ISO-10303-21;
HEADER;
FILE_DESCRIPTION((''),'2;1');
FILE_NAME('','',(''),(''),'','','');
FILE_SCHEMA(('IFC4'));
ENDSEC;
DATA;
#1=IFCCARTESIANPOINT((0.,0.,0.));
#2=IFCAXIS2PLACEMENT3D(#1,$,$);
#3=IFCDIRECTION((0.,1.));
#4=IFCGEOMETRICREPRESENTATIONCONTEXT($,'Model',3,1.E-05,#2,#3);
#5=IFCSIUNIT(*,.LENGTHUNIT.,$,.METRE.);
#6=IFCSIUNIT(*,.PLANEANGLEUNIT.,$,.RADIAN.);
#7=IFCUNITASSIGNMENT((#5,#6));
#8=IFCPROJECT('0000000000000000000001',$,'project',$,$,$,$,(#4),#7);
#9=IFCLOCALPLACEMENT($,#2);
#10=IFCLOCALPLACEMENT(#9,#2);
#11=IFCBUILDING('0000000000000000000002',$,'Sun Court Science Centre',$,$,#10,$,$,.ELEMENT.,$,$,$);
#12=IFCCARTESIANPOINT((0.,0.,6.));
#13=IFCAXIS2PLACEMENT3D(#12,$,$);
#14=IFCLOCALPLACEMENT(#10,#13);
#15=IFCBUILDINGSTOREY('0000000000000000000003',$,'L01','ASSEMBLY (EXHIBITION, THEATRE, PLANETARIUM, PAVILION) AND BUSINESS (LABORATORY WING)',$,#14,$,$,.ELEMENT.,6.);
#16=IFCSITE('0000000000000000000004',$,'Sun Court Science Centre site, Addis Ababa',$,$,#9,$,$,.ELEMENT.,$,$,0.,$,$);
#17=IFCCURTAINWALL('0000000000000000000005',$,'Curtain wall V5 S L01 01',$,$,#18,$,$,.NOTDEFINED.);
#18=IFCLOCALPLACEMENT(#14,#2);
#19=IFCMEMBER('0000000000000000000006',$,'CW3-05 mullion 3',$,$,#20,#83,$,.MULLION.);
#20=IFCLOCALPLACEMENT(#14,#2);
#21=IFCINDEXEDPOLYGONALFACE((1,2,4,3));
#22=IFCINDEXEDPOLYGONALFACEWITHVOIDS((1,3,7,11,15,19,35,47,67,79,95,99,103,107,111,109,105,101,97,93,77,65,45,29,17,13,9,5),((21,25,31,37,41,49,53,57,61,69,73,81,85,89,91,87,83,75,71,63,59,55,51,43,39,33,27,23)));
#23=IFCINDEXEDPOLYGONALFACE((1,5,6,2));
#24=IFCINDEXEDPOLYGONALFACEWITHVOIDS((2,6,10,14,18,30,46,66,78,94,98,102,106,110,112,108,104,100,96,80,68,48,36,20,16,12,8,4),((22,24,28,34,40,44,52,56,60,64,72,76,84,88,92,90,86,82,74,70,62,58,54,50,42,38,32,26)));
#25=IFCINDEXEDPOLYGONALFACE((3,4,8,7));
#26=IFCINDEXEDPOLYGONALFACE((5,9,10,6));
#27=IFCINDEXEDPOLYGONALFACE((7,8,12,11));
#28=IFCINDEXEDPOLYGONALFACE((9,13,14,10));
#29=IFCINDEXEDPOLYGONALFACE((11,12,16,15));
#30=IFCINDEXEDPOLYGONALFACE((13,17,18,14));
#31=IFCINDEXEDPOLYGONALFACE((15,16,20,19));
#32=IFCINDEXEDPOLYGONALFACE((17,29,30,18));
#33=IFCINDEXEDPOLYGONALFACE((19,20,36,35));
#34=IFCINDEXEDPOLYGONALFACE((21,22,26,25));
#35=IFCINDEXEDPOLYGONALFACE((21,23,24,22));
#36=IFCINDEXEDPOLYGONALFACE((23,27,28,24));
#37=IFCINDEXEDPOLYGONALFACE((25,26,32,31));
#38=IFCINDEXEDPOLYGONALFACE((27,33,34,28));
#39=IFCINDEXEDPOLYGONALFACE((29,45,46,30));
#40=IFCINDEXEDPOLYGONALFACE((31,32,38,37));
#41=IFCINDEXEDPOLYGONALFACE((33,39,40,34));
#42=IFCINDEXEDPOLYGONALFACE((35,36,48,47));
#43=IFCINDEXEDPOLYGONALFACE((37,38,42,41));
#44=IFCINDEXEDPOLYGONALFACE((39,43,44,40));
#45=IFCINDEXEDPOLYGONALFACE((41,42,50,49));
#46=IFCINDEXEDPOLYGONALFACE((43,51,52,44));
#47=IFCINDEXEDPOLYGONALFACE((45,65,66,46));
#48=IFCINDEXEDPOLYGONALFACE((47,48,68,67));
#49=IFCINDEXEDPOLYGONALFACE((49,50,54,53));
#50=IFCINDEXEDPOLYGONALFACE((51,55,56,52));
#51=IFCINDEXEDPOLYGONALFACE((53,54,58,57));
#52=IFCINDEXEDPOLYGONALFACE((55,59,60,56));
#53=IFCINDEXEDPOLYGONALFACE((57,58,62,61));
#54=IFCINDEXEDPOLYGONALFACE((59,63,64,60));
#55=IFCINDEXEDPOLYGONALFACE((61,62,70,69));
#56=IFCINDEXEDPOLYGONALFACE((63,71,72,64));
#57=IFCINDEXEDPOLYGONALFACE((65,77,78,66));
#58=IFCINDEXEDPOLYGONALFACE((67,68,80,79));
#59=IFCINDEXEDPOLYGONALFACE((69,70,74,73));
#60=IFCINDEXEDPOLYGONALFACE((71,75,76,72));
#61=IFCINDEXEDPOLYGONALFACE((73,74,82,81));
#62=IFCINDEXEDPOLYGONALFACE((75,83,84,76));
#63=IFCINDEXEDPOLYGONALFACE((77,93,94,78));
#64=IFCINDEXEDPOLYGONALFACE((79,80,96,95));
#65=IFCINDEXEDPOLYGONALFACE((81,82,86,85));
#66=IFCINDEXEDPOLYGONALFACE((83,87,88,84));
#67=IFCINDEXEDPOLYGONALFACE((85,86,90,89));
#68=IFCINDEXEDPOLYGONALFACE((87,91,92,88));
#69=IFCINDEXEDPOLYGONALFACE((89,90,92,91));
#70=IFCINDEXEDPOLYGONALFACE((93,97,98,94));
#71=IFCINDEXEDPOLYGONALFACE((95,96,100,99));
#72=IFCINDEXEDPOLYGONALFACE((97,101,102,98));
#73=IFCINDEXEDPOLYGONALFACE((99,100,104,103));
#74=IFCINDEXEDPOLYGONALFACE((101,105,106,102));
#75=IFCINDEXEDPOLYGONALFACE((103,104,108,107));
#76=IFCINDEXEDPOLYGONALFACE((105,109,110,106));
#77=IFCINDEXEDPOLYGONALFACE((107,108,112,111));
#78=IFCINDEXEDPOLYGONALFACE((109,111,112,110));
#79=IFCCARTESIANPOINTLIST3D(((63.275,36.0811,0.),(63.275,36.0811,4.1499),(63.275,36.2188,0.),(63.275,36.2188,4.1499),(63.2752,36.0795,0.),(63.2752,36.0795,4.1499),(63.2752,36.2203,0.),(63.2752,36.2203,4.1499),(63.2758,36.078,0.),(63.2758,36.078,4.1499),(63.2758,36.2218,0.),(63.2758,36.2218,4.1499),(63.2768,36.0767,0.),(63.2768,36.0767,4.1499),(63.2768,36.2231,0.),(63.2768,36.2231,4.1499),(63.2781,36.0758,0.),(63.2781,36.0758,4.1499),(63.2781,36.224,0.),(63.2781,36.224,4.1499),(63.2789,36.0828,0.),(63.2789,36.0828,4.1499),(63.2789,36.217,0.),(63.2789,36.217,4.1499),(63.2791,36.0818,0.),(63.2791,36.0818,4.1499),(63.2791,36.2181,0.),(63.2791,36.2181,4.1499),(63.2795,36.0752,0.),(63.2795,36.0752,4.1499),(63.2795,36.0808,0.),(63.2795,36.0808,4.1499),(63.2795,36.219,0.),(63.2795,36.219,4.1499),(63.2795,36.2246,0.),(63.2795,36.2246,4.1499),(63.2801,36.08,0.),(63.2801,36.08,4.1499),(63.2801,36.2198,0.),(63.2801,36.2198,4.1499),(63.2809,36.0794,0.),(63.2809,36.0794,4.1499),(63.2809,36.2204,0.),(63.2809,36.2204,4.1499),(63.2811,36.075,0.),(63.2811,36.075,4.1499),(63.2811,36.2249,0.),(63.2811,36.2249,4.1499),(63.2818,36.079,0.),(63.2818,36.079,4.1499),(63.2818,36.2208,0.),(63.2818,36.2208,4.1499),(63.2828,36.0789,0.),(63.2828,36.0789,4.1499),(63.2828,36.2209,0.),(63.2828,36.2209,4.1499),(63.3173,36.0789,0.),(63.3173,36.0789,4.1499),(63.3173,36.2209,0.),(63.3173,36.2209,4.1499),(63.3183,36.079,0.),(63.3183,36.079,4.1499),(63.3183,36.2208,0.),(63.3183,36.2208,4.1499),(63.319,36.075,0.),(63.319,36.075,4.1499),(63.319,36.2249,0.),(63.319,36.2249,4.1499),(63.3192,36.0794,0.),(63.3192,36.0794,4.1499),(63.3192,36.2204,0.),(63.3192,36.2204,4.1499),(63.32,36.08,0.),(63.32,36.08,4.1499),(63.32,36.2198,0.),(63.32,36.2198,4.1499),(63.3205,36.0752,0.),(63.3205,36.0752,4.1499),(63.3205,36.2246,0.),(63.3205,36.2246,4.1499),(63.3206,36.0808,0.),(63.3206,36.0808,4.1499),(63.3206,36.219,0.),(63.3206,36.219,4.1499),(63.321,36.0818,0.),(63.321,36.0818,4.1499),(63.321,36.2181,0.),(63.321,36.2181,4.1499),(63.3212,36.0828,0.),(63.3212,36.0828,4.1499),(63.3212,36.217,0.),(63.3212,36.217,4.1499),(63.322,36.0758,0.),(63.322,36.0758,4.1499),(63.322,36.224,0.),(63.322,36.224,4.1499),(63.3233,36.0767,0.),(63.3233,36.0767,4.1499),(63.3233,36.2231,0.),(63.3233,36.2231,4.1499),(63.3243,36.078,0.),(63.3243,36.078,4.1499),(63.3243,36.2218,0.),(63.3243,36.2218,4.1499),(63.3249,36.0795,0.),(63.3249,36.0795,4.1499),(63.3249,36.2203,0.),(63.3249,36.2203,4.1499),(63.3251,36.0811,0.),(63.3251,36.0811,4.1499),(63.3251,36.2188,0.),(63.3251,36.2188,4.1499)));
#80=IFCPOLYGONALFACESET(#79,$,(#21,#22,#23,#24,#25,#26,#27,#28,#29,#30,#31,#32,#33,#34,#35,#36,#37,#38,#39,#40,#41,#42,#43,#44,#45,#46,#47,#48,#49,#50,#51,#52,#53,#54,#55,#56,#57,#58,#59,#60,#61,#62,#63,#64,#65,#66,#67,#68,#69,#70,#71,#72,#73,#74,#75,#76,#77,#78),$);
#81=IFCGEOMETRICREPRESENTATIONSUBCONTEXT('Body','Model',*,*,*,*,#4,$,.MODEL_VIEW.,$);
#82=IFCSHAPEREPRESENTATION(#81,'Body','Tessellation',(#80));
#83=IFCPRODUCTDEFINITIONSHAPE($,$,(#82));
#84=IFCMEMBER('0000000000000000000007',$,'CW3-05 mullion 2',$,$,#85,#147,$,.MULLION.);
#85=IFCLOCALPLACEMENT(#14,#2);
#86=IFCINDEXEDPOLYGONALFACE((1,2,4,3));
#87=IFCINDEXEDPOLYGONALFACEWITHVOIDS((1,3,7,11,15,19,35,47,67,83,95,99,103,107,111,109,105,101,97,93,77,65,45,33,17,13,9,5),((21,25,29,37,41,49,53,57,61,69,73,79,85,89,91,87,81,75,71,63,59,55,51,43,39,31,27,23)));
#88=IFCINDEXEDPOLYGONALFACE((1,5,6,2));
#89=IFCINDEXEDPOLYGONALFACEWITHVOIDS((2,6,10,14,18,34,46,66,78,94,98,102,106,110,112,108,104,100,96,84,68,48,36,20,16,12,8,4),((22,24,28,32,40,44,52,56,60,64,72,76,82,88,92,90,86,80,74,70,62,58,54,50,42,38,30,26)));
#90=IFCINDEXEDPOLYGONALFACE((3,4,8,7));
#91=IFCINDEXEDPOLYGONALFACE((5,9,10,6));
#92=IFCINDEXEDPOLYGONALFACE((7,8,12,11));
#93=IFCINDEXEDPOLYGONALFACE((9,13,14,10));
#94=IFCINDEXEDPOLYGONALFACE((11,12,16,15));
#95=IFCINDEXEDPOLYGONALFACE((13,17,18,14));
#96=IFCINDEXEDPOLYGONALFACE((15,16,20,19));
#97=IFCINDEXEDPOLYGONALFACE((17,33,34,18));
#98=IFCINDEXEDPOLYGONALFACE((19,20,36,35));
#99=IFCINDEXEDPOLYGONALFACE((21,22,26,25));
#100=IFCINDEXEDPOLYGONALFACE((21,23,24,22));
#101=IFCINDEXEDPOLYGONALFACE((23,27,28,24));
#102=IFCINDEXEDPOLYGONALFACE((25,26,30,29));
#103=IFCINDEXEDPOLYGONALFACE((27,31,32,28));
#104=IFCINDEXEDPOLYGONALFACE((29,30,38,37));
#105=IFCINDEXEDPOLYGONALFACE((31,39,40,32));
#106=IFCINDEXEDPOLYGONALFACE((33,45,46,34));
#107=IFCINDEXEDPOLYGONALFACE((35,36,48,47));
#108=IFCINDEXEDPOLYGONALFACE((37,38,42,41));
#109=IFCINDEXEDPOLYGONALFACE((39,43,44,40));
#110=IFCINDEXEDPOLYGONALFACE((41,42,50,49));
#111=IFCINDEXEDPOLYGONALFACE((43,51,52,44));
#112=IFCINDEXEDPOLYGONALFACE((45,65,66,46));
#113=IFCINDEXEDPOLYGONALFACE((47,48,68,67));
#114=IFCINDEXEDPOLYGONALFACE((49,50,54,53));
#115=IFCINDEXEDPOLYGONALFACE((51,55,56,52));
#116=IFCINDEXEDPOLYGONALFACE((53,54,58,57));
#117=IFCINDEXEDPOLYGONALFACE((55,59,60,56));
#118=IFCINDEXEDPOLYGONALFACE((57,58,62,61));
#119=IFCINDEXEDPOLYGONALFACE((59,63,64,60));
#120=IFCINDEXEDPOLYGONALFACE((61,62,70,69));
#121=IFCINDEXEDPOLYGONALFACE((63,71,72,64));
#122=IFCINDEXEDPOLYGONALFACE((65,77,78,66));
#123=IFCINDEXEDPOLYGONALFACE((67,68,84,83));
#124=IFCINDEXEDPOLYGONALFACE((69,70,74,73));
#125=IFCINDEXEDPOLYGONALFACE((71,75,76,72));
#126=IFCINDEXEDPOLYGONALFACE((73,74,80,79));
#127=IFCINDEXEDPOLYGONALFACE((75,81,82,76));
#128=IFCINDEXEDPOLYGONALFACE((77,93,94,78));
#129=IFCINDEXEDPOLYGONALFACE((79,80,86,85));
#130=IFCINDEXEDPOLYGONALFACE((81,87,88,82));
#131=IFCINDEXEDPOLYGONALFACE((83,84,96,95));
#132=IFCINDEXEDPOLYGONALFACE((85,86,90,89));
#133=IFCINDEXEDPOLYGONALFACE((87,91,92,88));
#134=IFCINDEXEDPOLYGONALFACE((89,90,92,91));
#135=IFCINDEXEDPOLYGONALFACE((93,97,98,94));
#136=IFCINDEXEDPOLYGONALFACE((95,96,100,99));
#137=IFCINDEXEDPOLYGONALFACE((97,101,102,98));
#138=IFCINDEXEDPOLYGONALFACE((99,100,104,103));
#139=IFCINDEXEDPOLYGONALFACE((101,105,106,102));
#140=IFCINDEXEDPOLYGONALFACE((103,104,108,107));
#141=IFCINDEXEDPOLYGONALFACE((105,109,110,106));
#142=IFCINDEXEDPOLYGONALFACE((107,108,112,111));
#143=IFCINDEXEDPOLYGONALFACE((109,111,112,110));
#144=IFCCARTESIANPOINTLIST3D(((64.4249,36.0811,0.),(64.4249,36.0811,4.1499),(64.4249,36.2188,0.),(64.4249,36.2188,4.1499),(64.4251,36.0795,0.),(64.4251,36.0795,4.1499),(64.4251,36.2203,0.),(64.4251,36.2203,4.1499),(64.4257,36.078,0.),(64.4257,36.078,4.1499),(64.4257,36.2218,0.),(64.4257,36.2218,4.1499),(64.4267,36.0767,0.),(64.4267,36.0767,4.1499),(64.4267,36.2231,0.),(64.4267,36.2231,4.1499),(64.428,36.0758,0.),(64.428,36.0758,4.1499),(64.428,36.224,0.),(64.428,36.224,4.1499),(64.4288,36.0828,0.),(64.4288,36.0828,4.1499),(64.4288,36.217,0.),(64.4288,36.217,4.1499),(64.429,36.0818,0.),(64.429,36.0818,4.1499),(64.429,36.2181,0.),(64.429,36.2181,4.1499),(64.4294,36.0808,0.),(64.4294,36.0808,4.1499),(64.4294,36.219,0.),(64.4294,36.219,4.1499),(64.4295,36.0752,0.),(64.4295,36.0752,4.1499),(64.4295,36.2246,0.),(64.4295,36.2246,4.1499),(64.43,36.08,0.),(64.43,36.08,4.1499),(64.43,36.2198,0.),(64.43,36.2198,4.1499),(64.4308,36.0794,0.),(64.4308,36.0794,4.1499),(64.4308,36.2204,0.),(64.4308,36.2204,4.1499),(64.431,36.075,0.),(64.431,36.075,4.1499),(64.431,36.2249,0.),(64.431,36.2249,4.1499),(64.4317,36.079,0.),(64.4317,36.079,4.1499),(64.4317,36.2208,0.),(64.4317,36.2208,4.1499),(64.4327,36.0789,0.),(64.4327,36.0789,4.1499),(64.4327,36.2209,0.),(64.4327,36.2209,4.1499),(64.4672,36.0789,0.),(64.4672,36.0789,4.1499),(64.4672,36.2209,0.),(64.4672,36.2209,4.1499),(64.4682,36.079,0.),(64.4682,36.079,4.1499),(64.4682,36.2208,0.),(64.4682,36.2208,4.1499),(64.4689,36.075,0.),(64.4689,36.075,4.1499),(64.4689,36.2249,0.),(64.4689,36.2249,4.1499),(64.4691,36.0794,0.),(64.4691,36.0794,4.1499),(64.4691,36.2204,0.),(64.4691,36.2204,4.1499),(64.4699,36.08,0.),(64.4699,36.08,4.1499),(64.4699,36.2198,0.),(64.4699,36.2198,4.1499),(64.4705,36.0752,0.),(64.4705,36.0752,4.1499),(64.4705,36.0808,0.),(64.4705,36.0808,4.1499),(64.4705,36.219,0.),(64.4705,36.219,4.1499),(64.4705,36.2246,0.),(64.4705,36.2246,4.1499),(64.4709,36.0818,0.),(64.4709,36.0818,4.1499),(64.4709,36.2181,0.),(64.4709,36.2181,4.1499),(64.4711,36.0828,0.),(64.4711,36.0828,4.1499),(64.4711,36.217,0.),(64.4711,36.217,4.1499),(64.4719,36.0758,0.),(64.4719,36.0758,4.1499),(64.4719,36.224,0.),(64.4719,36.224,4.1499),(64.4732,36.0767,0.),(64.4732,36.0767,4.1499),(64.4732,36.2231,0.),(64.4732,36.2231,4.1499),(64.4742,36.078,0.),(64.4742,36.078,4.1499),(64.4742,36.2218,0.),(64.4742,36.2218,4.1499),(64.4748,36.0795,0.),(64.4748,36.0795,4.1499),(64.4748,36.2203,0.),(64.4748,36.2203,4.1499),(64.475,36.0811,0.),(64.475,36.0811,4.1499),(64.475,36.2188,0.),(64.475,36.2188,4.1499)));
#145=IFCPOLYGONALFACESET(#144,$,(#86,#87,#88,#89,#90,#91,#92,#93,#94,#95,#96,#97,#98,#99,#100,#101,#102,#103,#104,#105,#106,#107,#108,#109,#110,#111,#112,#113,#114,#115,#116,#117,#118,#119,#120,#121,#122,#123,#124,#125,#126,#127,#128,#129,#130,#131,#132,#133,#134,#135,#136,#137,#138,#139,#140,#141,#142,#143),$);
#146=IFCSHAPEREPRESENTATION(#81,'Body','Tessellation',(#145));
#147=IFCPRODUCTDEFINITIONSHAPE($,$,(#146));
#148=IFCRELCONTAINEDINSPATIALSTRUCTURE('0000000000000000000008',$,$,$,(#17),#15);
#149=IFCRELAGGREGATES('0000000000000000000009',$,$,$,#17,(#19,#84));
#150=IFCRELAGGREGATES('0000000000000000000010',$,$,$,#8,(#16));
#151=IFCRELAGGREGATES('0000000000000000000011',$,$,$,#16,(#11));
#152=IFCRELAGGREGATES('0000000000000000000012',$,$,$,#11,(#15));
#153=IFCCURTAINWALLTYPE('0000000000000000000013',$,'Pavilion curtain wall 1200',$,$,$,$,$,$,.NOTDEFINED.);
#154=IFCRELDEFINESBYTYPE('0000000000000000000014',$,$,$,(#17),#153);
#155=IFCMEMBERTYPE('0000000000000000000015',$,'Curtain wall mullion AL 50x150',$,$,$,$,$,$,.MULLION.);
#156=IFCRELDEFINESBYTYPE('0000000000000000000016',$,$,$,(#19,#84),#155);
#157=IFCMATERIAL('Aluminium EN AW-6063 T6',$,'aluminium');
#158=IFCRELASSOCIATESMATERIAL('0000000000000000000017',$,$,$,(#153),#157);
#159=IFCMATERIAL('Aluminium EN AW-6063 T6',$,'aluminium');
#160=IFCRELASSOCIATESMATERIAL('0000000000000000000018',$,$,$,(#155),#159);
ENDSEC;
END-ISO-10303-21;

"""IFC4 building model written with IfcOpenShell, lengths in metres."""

from ifc_helpers import new_model, si_unit, direction, frame, origin, origin_2d, place, context, subcontext, project, spatial, hollow_rectangle, extrude, material, material_profile, profile_set, type_object, element, aggregate, save


model = new_model("IFC4")

# Units and contexts
model_context = context("Model", 3, precision=1e-05, world=origin(), true_north=direction((0.0, 1.0)))
body_context = subcontext(model_context, "Body", "Model", "MODEL_VIEW")
ifc_project = project(units=[si_unit("LENGTHUNIT", "METRE"), si_unit("PLANEANGLEUNIT", "RADIAN")], contexts=[model_context])

# Site, building, storey
site_placement = place(None, origin())
site = spatial("IfcSite", under=ifc_project, at=site_placement, Name="Sun Court Science Centre site, Addis Ababa", CompositionType="ELEMENT", RefElevation=0.0)
building_placement = place(site_placement, origin())
building = spatial("IfcBuilding", under=site, at=building_placement, Name="Sun Court Science Centre", CompositionType="ELEMENT")
storey_placement = place(building_placement, frame((0.0, 0.0, 6.0)))
storey = spatial("IfcBuildingStorey", under=building, at=storey_placement, Name="L01", Description="ASSEMBLY (EXHIBITION, THEATRE, PLANETARIUM, PAVILION) AND BUSINESS (LABORATORY WING)", CompositionType="ELEMENT", Elevation=6.0)

# Curtain wall, members
ifc_material_1 = material(Name="Aluminium EN AW-6063 T6", Category="aluminium")
curtain_wall_type = type_object("IfcCurtainWallType", Name="Pavilion curtain wall 1200", PredefinedType="NOTDEFINED", material=ifc_material_1)
curtain_wall_placement = place(storey_placement, origin())
curtain_wall = element("IfcCurtainWall", 1, at=curtain_wall_placement, inside=storey, type_object=curtain_wall_type, Name="Curtain wall V5 S L01 01", PredefinedType="NOTDEFINED")
ifc_material_2 = material(Name="Aluminium EN AW-6063 T6", Category="aluminium")
ifc_material_profile_1 = material_profile(ifc_material_2, hollow_rectangle(XDim=0.05, YDim=0.1499, WallThickness=0.0039, InnerFilletRadius=0.0039, OuterFilletRadius=0.0061, at=origin_2d()), Name="AL 50x150x4")
ifc_profile_set_1 = profile_set([ifc_material_profile_1], Name="Aluminium EN AW-6063 T6")
member_type_1 = type_object("IfcMemberType", Name="Curtain wall mullion AL 50x150", PredefinedType="MULLION", material=ifc_profile_set_1)
member_1_placement = place(storey_placement, frame((63.3, 36.1499, 0.0), z_axis=(0.0, 0.0, 1.0), x_axis=(-1.0, 0.0, 0.0)))
member_1 = element("IfcMember", 2, at=member_1_placement, type_object=member_type_1, Name="CW3-05 mullion 3", PredefinedType="MULLION", context=body_context, shape_type="SweptSolid", body=[
    extrude(hollow_rectangle(XDim=0.05, YDim=0.1499, WallThickness=0.0039, InnerFilletRadius=0.0039, OuterFilletRadius=0.0061, at=origin_2d()), origin(), (0.0, 0.0, 1.0), 4.1499),
])
member_2_placement = place(storey_placement, frame((64.45, 36.1499, 0.0), z_axis=(0.0, 0.0, 1.0), x_axis=(-1.0, 0.0, 0.0)))
member_2 = element("IfcMember", 3, at=member_2_placement, type_object=member_type_1, Name="CW3-05 mullion 2", PredefinedType="MULLION", context=body_context, shape_type="SweptSolid", body=[
    extrude(hollow_rectangle(XDim=0.05, YDim=0.1499, WallThickness=0.0039, InnerFilletRadius=0.0039, OuterFilletRadius=0.0061, at=origin_2d()), origin(), (0.0, 0.0, 1.0), 4.1499),
])

aggregate(curtain_wall, [member_1, member_2])

save(model, "model.ifc")
